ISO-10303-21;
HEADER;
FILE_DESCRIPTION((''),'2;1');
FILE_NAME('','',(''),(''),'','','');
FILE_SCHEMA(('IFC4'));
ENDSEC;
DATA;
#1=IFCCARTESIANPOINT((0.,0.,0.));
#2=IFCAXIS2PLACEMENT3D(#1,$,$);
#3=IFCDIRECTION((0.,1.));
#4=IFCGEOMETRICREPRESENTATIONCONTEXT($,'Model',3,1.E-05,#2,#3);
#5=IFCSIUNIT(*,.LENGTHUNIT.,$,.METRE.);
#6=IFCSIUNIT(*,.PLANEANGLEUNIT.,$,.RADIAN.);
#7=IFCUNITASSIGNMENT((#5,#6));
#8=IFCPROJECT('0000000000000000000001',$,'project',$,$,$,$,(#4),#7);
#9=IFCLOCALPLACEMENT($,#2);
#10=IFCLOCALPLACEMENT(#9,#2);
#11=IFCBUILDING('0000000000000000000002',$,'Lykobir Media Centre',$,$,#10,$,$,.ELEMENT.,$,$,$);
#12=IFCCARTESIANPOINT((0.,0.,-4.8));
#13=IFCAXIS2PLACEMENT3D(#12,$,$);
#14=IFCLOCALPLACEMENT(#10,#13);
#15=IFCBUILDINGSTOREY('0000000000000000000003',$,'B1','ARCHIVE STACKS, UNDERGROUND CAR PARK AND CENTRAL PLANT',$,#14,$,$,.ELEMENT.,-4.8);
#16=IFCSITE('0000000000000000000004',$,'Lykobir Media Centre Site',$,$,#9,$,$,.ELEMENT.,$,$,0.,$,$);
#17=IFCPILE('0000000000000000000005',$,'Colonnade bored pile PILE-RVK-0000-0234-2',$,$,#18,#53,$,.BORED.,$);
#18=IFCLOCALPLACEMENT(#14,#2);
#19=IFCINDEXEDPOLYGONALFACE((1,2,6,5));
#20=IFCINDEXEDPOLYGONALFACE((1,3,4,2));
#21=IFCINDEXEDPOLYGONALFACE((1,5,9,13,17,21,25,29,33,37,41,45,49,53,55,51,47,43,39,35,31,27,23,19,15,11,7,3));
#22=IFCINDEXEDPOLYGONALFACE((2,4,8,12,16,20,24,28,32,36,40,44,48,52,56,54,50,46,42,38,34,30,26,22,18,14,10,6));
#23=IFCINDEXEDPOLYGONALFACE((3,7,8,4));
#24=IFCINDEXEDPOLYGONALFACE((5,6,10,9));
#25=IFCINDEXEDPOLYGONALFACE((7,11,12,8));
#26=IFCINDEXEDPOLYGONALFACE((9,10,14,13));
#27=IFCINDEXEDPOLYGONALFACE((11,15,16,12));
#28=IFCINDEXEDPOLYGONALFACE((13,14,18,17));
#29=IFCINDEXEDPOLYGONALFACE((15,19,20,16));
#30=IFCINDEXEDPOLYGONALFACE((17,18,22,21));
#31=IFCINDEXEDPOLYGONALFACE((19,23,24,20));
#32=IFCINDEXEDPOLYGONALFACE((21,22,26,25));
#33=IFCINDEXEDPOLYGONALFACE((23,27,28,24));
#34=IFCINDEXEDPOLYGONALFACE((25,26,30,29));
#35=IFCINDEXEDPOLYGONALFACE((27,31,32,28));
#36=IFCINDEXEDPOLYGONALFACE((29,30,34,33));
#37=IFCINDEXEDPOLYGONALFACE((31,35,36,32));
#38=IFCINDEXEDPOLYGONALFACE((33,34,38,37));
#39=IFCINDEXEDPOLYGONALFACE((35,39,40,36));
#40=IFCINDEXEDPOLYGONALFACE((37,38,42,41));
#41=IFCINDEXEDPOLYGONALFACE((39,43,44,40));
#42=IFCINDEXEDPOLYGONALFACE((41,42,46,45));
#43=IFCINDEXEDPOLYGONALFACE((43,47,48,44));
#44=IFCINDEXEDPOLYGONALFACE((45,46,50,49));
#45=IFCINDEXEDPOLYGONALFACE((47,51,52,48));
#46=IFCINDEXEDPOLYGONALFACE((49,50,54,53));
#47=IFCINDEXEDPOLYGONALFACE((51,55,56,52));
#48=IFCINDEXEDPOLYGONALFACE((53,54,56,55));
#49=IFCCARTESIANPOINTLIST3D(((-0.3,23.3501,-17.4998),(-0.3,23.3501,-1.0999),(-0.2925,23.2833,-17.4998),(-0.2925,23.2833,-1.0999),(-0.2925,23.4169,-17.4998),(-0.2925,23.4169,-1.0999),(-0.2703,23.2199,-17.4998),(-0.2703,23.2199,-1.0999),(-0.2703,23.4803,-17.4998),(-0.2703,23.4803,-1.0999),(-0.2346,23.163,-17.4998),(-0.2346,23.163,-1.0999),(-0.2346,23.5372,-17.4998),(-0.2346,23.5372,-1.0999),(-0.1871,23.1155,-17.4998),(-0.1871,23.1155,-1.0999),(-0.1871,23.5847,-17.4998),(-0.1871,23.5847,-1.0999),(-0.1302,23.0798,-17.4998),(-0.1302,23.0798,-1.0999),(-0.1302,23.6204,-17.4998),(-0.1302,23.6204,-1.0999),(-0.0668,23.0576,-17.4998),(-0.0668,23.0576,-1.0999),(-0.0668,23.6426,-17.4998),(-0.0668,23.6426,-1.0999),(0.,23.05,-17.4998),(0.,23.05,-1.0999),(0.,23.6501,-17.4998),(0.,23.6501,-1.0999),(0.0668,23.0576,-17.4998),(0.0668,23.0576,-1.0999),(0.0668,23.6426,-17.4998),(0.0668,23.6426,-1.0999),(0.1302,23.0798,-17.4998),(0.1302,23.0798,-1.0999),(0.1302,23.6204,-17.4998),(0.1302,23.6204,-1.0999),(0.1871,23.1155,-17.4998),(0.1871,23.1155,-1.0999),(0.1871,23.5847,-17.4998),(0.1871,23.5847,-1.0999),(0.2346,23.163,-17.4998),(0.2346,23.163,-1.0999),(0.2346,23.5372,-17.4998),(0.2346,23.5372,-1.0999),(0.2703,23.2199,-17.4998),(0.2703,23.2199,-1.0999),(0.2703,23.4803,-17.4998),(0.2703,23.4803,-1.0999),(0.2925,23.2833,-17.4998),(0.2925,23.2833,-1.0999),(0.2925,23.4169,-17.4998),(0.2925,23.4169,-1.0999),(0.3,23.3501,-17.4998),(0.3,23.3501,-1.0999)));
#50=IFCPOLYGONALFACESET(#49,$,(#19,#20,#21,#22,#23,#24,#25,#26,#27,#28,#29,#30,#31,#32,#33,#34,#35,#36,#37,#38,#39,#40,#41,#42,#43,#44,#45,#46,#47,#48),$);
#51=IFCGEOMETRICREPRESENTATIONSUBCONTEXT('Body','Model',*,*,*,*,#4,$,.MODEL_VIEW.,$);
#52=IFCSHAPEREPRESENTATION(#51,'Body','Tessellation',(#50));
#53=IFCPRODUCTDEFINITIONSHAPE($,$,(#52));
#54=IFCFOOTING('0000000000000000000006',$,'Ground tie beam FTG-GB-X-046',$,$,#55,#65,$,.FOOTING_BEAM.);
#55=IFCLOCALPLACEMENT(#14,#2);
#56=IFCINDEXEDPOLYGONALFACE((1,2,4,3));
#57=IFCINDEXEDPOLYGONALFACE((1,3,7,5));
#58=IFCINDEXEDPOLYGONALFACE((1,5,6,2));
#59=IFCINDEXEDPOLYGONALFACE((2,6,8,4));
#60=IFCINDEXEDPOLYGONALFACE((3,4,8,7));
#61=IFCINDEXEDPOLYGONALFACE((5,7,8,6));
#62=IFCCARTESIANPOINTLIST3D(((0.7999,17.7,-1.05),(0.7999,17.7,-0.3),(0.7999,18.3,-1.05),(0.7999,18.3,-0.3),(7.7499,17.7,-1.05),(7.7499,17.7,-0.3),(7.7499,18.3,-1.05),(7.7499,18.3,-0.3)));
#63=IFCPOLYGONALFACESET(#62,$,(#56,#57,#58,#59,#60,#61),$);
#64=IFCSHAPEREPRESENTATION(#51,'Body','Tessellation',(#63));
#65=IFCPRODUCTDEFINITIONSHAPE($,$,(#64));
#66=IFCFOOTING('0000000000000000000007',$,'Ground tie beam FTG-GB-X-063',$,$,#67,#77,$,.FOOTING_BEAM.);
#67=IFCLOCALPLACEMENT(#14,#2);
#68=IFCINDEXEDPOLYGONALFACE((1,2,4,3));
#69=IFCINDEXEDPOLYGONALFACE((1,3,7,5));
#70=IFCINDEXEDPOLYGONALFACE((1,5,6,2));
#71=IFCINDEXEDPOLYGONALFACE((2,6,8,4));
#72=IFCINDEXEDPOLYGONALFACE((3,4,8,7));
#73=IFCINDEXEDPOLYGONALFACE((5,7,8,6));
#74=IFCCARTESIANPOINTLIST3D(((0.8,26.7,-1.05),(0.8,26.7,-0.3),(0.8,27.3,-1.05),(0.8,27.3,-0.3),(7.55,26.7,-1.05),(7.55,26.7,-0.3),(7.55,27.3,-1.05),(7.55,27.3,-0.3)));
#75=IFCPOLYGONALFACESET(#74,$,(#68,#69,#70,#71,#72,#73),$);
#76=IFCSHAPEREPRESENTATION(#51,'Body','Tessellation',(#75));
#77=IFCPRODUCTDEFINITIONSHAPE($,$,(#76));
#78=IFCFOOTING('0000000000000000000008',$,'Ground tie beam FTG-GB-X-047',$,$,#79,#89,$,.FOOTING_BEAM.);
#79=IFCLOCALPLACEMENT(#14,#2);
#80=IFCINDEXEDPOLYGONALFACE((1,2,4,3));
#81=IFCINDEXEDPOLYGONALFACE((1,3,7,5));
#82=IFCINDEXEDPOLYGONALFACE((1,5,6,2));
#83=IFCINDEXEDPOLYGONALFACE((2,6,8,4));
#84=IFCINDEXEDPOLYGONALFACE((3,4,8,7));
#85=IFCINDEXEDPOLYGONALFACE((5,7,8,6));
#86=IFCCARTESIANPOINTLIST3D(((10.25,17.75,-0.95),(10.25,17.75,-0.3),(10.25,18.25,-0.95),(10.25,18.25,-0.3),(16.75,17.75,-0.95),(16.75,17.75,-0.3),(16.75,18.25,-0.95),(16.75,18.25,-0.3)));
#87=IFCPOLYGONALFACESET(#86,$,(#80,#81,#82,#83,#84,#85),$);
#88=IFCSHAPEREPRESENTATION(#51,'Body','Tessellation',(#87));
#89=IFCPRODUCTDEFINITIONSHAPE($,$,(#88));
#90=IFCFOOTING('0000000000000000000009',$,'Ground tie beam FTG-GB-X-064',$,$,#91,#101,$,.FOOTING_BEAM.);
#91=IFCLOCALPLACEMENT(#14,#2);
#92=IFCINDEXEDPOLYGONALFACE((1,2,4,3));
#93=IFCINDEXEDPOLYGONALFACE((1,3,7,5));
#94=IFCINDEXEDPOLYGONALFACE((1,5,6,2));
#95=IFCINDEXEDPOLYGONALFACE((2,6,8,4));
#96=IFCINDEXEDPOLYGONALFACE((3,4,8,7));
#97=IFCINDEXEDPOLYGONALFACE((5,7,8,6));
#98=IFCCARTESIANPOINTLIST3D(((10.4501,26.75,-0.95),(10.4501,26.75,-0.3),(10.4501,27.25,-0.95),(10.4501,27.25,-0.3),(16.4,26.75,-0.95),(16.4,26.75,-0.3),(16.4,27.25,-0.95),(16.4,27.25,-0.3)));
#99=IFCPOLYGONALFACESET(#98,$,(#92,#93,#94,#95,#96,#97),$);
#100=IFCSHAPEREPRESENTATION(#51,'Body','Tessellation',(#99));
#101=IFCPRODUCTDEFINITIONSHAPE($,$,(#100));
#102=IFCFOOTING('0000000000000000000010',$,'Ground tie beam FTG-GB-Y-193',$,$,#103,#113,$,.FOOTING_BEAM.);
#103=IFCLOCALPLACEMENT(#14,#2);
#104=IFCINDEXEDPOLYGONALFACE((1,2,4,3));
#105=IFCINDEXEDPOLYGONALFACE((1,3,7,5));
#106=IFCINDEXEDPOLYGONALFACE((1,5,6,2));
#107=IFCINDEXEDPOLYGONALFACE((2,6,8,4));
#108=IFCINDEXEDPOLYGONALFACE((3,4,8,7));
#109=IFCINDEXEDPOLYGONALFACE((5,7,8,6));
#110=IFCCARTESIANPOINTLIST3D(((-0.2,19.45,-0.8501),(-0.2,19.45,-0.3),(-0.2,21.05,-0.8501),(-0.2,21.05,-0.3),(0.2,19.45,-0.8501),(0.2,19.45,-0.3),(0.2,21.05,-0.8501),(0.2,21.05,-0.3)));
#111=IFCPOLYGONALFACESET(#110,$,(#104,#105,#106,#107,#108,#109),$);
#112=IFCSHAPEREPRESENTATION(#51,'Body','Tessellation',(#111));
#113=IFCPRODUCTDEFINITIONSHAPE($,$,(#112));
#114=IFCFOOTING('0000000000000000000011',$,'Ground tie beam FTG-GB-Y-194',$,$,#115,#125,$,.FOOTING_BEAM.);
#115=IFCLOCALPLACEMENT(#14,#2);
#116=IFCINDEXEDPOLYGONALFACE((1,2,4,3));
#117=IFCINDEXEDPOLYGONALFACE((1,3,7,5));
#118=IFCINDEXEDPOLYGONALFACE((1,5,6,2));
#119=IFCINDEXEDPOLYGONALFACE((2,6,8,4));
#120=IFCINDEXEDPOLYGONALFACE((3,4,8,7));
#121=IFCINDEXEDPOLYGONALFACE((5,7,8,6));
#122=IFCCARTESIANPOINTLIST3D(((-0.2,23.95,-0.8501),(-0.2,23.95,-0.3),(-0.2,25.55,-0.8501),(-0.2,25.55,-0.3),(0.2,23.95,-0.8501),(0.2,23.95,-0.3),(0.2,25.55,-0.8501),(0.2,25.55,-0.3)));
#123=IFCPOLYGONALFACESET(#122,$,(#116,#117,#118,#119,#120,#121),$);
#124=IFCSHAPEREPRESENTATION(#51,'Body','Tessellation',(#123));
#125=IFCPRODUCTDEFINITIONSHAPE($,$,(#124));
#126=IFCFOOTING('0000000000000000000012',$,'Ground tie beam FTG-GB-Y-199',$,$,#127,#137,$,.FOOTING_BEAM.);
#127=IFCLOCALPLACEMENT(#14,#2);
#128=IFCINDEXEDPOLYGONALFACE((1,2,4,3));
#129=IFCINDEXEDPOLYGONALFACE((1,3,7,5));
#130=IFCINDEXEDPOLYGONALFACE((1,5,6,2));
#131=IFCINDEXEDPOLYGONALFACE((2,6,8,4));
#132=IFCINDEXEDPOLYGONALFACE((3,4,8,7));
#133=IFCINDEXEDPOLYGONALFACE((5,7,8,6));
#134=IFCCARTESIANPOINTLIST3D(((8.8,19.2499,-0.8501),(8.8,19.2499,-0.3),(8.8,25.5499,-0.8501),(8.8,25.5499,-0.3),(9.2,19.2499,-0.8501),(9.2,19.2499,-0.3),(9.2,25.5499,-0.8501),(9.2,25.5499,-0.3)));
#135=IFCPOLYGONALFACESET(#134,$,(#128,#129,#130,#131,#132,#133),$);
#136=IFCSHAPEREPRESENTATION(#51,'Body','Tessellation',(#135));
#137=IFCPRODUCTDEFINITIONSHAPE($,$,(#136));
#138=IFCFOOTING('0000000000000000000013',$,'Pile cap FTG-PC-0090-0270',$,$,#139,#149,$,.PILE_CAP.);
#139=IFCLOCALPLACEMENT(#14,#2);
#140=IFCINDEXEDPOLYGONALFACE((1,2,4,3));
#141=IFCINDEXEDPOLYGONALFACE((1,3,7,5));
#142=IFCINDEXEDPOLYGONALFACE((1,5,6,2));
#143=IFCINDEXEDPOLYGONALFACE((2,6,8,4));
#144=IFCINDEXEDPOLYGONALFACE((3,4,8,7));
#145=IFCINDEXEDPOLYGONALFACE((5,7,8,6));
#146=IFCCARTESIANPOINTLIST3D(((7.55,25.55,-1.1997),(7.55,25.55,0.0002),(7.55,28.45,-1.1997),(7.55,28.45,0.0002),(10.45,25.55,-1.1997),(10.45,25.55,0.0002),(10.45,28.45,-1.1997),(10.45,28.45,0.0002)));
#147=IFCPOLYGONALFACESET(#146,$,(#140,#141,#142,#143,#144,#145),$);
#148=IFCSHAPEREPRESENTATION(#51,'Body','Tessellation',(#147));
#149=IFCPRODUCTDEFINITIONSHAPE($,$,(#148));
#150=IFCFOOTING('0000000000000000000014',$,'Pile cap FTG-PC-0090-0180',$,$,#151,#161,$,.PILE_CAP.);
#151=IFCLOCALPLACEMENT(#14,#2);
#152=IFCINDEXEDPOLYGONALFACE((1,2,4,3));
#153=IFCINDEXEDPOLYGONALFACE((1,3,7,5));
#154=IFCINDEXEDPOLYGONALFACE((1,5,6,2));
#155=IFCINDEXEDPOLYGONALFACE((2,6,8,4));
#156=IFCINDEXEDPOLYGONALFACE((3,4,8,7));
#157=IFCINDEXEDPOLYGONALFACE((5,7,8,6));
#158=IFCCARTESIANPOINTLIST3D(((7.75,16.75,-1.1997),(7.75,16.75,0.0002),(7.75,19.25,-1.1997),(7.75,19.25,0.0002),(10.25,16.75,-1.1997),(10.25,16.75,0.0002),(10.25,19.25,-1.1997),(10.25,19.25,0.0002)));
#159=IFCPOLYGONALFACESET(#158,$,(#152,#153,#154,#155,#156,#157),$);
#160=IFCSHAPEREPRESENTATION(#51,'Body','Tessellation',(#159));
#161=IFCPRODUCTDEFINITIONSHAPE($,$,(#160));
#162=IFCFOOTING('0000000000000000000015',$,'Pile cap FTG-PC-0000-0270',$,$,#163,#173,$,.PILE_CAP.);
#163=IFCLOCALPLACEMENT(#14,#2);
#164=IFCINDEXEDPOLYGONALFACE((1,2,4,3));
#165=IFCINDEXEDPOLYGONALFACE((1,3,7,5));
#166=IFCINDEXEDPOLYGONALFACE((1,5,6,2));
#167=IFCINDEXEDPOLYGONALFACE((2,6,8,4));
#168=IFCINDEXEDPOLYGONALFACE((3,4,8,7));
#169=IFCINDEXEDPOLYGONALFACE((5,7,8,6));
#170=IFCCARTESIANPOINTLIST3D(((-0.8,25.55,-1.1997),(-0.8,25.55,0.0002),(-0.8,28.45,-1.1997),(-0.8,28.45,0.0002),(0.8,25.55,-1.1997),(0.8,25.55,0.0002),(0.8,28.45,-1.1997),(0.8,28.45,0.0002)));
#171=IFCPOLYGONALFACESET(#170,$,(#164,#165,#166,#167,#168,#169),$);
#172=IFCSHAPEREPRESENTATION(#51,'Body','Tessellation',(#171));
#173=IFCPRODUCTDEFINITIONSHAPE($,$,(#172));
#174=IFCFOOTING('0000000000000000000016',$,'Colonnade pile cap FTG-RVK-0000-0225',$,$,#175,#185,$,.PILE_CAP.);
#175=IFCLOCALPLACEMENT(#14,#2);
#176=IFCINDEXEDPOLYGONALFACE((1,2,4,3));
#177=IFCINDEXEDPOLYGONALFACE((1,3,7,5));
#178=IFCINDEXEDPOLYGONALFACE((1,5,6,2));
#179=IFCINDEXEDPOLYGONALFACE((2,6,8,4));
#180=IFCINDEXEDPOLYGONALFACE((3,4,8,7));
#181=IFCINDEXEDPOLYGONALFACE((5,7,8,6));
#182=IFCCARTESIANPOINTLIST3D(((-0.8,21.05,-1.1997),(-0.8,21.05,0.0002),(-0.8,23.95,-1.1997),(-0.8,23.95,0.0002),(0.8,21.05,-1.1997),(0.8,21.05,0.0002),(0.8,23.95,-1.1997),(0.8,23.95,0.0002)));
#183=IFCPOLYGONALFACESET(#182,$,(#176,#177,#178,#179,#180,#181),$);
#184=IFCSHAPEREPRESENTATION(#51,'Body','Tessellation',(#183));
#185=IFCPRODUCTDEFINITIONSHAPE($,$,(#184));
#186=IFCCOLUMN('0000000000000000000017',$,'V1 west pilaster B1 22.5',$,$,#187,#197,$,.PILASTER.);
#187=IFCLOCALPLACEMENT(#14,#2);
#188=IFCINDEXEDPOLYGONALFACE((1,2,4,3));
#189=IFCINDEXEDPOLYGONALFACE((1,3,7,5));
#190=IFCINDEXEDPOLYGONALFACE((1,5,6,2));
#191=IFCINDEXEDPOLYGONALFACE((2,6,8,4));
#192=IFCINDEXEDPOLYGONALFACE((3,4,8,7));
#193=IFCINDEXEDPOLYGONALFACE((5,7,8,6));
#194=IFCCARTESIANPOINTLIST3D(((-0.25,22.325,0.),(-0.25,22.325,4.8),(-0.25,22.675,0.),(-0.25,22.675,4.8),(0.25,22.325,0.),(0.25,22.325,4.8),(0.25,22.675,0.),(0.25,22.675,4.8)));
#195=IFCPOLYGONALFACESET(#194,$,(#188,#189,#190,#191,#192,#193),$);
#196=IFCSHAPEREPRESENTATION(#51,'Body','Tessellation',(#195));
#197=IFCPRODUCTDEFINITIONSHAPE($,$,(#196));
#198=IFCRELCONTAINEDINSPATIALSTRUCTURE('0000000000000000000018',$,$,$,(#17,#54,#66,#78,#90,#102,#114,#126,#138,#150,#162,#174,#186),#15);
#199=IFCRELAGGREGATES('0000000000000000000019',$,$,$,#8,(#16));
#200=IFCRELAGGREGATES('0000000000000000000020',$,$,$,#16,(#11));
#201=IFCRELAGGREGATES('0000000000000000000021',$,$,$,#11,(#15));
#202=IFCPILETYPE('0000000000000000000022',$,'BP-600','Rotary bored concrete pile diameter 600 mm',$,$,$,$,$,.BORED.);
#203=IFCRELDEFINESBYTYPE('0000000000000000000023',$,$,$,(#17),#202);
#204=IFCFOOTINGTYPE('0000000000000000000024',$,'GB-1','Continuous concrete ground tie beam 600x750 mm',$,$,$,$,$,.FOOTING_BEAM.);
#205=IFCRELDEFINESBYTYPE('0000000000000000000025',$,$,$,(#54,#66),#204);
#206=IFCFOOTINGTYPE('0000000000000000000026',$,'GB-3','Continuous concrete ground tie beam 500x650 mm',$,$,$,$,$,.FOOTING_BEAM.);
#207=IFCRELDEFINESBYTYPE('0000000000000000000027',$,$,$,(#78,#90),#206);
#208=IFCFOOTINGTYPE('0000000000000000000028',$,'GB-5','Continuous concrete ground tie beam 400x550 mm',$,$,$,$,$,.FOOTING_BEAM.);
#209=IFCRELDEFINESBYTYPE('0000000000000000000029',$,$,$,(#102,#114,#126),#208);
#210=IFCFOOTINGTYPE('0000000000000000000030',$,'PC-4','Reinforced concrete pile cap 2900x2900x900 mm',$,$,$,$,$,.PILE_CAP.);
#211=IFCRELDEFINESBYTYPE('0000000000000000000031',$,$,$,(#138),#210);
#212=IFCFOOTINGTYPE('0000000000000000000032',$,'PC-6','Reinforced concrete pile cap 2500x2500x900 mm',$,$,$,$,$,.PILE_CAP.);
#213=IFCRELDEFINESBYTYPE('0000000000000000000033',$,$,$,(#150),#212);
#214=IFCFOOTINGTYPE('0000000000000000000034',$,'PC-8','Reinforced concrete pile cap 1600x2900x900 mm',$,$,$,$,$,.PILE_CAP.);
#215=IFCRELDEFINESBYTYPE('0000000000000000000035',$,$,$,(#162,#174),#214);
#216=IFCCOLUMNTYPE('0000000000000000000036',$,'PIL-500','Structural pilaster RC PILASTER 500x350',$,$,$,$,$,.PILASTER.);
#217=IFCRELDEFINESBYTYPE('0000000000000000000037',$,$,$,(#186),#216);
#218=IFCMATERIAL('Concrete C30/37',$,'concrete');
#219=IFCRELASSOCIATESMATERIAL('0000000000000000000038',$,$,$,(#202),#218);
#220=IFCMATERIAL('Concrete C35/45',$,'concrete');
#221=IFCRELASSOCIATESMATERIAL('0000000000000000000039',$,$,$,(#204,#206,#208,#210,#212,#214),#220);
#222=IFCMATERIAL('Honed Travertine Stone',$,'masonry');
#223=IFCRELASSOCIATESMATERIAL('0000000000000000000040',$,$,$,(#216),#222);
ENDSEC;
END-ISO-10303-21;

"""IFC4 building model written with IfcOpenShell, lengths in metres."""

from ifc_helpers import new_model, si_unit, direction, frame, origin, origin_2d, place, context, subcontext, project, spatial, rectangle, circle, extrude, material, material_profile, profile_set, type_object, element, save


model = new_model("IFC4")

# Units and contexts
model_context = context("Model", 3, precision=1e-05, world=origin(), true_north=direction((0.0, 1.0)))
body_context = subcontext(model_context, "Body", "Model", "MODEL_VIEW")
ifc_project = project(units=[si_unit("LENGTHUNIT", "METRE"), si_unit("PLANEANGLEUNIT", "RADIAN")], contexts=[model_context])

# Site, building, storey
site_placement = place(None, origin())
site = spatial("IfcSite", under=ifc_project, at=site_placement, Name="Lykobir Media Centre Site", CompositionType="ELEMENT", RefElevation=0.0)
building_placement = place(site_placement, origin())
building = spatial("IfcBuilding", under=site, at=building_placement, Name="Lykobir Media Centre", CompositionType="ELEMENT")
storey_placement = place(building_placement, frame((0.0, 0.0, -4.8)))
storey = spatial("IfcBuildingStorey", under=building, at=storey_placement, Name="B1", Description="ARCHIVE STACKS, UNDERGROUND CAR PARK AND CENTRAL PLANT", CompositionType="ELEMENT", Elevation=-4.8)

# Pile
ifc_material_1 = material(Name="Concrete C30/37", Category="concrete")
ifc_material_profile_1 = material_profile(ifc_material_1, circle(Radius=0.3, at=origin_2d()), Name="BORED PILE D600")
ifc_profile_set_1 = profile_set([ifc_material_profile_1], Name="Concrete C30/37")
pile_type = type_object("IfcPileType", Name="BP-600", Description="Rotary bored concrete pile diameter 600 mm", PredefinedType="BORED", material=ifc_profile_set_1)
for number, where, z_axis, x_axis, name in (
    (1, (0.0, 23.3501, -1.0999), (0.0, 0.0, -1.0), (1.0, 0.0, 0.0), "Colonnade bored pile PILE-RVK-0000-0234-2"),
):
    element("IfcPile", number, at=place(storey_placement, frame(where, z_axis=z_axis, x_axis=x_axis)), inside=storey, type_object=pile_type, Name=name, PredefinedType="BORED", context=body_context, shape_type="SweptSolid", body=[
        extrude(circle(Radius=0.3, at=origin_2d()), origin(), (0.0, 0.0, 1.0), 16.3999),
    ])

# Footings
ifc_material_2 = material(Name="Concrete C35/45", Category="concrete")
footing_type_1 = type_object("IfcFootingType", Name="GB-1", Description="Continuous concrete ground tie beam 600x750 mm", PredefinedType="FOOTING_BEAM", material=ifc_material_2)
footing_1_placement = place(storey_placement, frame((4.2749, 18.0, -1.05), z_axis=(0.0, 0.0, 1.0), x_axis=(1.0, 0.0, 0.0)))
element("IfcFooting", 2, at=footing_1_placement, inside=storey, type_object=footing_type_1, Name="Ground tie beam FTG-GB-X-046", PredefinedType="FOOTING_BEAM", context=body_context, shape_type="SweptSolid", body=[
    extrude(rectangle(XDim=6.95, YDim=0.6001, at=origin_2d()), origin(), (0.0, 0.0, 1.0), 0.75),
])
footing_2_placement = place(storey_placement, frame((4.175, 27.0, -1.05), z_axis=(0.0, 0.0, 1.0), x_axis=(1.0, 0.0, 0.0)))
element("IfcFooting", 3, at=footing_2_placement, inside=storey, type_object=footing_type_1, Name="Ground tie beam FTG-GB-X-063", PredefinedType="FOOTING_BEAM", context=body_context, shape_type="SweptSolid", body=[
    extrude(rectangle(XDim=6.75, YDim=0.6001, at=origin_2d()), origin(), (0.0, 0.0, 1.0), 0.75),
])
footing_type_2 = type_object("IfcFootingType", Name="GB-3", Description="Continuous concrete ground tie beam 500x650 mm", PredefinedType="FOOTING_BEAM", material=ifc_material_2)
footing_3_placement = place(storey_placement, frame((13.5, 18.0, -0.95), z_axis=(0.0, 0.0, 1.0), x_axis=(1.0, 0.0, 0.0)))
element("IfcFooting", 4, at=footing_3_placement, inside=storey, type_object=footing_type_2, Name="Ground tie beam FTG-GB-X-047", PredefinedType="FOOTING_BEAM", context=body_context, shape_type="SweptSolid", body=[
    extrude(rectangle(XDim=6.5, YDim=0.5, at=origin_2d()), origin(), (0.0, 0.0, 1.0), 0.6499),
])
footing_4_placement = place(storey_placement, frame((13.425, 27.0, -0.95), z_axis=(0.0, 0.0, 1.0), x_axis=(1.0, 0.0, 0.0)))
element("IfcFooting", 5, at=footing_4_placement, inside=storey, type_object=footing_type_2, Name="Ground tie beam FTG-GB-X-064", PredefinedType="FOOTING_BEAM", context=body_context, shape_type="SweptSolid", body=[
    extrude(rectangle(XDim=5.95, YDim=0.5, at=origin_2d()), origin(), (0.0, 0.0, 1.0), 0.6499),
])
footing_type_3 = type_object("IfcFootingType", Name="GB-5", Description="Continuous concrete ground tie beam 400x550 mm", PredefinedType="FOOTING_BEAM", material=ifc_material_2)
for number, where, z_axis, x_axis, name in (
    (6, (0.0, 20.25, -0.8501), (0.0, 0.0, 1.0), (0.0, 1.0, 0.0), "Ground tie beam FTG-GB-Y-193"),
    (7, (0.0, 24.75, -0.8501), (0.0, 0.0, 1.0), (0.0, 1.0, 0.0), "Ground tie beam FTG-GB-Y-194"),
):
    element("IfcFooting", number, at=place(storey_placement, frame(where, z_axis=z_axis, x_axis=x_axis)), inside=storey, type_object=footing_type_3, Name=name, PredefinedType="FOOTING_BEAM", context=body_context, shape_type="SweptSolid", body=[
        extrude(rectangle(XDim=1.6001, YDim=0.3999, at=origin_2d()), origin(), (0.0, 0.0, 1.0), 0.55),
    ])
footing_5_placement = place(storey_placement, frame((9.0, 22.3999, -0.8501), z_axis=(0.0, 0.0, 1.0), x_axis=(0.0, 1.0, 0.0)))
element("IfcFooting", 8, at=footing_5_placement, inside=storey, type_object=footing_type_3, Name="Ground tie beam FTG-GB-Y-199", PredefinedType="FOOTING_BEAM", context=body_context, shape_type="SweptSolid", body=[
    extrude(rectangle(XDim=6.3, YDim=0.3999, at=origin_2d()), origin(), (0.0, 0.0, 1.0), 0.55),
])
footing_type_4 = type_object("IfcFootingType", Name="PC-4", Description="Reinforced concrete pile cap 2900x2900x900 mm", PredefinedType="PILE_CAP", material=ifc_material_2)
footing_6_placement = place(storey_placement, frame((9.0, 27.0, -1.1997), z_axis=(0.0, 0.0, 1.0), x_axis=(1.0, 0.0, 0.0)))
element("IfcFooting", 9, at=footing_6_placement, inside=storey, type_object=footing_type_4, Name="Pile cap FTG-PC-0090-0270", PredefinedType="PILE_CAP", context=body_context, shape_type="SweptSolid", body=[
    extrude(rectangle(XDim=2.8999, YDim=2.8999, at=origin_2d()), origin(), (0.0, 0.0, 1.0), 1.2),
])
footing_type_5 = type_object("IfcFootingType", Name="PC-6", Description="Reinforced concrete pile cap 2500x2500x900 mm", PredefinedType="PILE_CAP", material=ifc_material_2)
footing_7_placement = place(storey_placement, frame((9.0, 18.0, -1.1997), z_axis=(0.0, 0.0, 1.0), x_axis=(1.0, 0.0, 0.0)))
element("IfcFooting", 10, at=footing_7_placement, inside=storey, type_object=footing_type_5, Name="Pile cap FTG-PC-0090-0180", PredefinedType="PILE_CAP", context=body_context, shape_type="SweptSolid", body=[
    extrude(rectangle(XDim=2.5, YDim=2.5, at=origin_2d()), origin(), (0.0, 0.0, 1.0), 1.2),
])
footing_type_6 = type_object("IfcFootingType", Name="PC-8", Description="Reinforced concrete pile cap 1600x2900x900 mm", PredefinedType="PILE_CAP", material=ifc_material_2)
for number, where, z_axis, x_axis, name in (
    (11, (0.0, 27.0, -1.1997), (0.0, 0.0, 1.0), (1.0, 0.0, 0.0), "Pile cap FTG-PC-0000-0270"),
    (12, (0.0, 22.5, -1.1997), (0.0, 0.0, 1.0), (1.0, 0.0, 0.0), "Colonnade pile cap FTG-RVK-0000-0225"),
):
    element("IfcFooting", number, at=place(storey_placement, frame(where, z_axis=z_axis, x_axis=x_axis)), inside=storey, type_object=footing_type_6, Name=name, PredefinedType="PILE_CAP", context=body_context, shape_type="SweptSolid", body=[
        extrude(rectangle(XDim=1.6001, YDim=2.8999, at=origin_2d()), origin(), (0.0, 0.0, 1.0), 1.2),
    ])

# Column
ifc_material_3 = material(Name="Honed Travertine Stone", Category="masonry")
ifc_material_profile_2 = material_profile(ifc_material_3, rectangle(XDim=0.3501, YDim=0.5, at=origin_2d()), Name="RC PILASTER 500x350")
ifc_profile_set_2 = profile_set([ifc_material_profile_2], Name="Honed Travertine Stone")
column_type_1 = type_object("IfcColumnType", Name="PIL-500", Description="Structural pilaster RC PILASTER 500x350", PredefinedType="PILASTER", material=ifc_profile_set_2)
column_1_placement = place(storey_placement, frame((0.0, 22.5, 0.0), z_axis=(0.0, 0.0, 1.0), x_axis=(0.0, 1.0, 0.0)))
element("IfcColumn", 13, at=column_1_placement, inside=storey, type_object=column_type_1, Name="V1 west pilaster B1 22.5", PredefinedType="PILASTER", context=body_context, shape_type="SweptSolid", body=[
    extrude(rectangle(XDim=0.3501, YDim=0.5, at=origin_2d()), origin(), (0.0, 0.0, 1.0), 4.8),
])

save(model, "model.ifc")
